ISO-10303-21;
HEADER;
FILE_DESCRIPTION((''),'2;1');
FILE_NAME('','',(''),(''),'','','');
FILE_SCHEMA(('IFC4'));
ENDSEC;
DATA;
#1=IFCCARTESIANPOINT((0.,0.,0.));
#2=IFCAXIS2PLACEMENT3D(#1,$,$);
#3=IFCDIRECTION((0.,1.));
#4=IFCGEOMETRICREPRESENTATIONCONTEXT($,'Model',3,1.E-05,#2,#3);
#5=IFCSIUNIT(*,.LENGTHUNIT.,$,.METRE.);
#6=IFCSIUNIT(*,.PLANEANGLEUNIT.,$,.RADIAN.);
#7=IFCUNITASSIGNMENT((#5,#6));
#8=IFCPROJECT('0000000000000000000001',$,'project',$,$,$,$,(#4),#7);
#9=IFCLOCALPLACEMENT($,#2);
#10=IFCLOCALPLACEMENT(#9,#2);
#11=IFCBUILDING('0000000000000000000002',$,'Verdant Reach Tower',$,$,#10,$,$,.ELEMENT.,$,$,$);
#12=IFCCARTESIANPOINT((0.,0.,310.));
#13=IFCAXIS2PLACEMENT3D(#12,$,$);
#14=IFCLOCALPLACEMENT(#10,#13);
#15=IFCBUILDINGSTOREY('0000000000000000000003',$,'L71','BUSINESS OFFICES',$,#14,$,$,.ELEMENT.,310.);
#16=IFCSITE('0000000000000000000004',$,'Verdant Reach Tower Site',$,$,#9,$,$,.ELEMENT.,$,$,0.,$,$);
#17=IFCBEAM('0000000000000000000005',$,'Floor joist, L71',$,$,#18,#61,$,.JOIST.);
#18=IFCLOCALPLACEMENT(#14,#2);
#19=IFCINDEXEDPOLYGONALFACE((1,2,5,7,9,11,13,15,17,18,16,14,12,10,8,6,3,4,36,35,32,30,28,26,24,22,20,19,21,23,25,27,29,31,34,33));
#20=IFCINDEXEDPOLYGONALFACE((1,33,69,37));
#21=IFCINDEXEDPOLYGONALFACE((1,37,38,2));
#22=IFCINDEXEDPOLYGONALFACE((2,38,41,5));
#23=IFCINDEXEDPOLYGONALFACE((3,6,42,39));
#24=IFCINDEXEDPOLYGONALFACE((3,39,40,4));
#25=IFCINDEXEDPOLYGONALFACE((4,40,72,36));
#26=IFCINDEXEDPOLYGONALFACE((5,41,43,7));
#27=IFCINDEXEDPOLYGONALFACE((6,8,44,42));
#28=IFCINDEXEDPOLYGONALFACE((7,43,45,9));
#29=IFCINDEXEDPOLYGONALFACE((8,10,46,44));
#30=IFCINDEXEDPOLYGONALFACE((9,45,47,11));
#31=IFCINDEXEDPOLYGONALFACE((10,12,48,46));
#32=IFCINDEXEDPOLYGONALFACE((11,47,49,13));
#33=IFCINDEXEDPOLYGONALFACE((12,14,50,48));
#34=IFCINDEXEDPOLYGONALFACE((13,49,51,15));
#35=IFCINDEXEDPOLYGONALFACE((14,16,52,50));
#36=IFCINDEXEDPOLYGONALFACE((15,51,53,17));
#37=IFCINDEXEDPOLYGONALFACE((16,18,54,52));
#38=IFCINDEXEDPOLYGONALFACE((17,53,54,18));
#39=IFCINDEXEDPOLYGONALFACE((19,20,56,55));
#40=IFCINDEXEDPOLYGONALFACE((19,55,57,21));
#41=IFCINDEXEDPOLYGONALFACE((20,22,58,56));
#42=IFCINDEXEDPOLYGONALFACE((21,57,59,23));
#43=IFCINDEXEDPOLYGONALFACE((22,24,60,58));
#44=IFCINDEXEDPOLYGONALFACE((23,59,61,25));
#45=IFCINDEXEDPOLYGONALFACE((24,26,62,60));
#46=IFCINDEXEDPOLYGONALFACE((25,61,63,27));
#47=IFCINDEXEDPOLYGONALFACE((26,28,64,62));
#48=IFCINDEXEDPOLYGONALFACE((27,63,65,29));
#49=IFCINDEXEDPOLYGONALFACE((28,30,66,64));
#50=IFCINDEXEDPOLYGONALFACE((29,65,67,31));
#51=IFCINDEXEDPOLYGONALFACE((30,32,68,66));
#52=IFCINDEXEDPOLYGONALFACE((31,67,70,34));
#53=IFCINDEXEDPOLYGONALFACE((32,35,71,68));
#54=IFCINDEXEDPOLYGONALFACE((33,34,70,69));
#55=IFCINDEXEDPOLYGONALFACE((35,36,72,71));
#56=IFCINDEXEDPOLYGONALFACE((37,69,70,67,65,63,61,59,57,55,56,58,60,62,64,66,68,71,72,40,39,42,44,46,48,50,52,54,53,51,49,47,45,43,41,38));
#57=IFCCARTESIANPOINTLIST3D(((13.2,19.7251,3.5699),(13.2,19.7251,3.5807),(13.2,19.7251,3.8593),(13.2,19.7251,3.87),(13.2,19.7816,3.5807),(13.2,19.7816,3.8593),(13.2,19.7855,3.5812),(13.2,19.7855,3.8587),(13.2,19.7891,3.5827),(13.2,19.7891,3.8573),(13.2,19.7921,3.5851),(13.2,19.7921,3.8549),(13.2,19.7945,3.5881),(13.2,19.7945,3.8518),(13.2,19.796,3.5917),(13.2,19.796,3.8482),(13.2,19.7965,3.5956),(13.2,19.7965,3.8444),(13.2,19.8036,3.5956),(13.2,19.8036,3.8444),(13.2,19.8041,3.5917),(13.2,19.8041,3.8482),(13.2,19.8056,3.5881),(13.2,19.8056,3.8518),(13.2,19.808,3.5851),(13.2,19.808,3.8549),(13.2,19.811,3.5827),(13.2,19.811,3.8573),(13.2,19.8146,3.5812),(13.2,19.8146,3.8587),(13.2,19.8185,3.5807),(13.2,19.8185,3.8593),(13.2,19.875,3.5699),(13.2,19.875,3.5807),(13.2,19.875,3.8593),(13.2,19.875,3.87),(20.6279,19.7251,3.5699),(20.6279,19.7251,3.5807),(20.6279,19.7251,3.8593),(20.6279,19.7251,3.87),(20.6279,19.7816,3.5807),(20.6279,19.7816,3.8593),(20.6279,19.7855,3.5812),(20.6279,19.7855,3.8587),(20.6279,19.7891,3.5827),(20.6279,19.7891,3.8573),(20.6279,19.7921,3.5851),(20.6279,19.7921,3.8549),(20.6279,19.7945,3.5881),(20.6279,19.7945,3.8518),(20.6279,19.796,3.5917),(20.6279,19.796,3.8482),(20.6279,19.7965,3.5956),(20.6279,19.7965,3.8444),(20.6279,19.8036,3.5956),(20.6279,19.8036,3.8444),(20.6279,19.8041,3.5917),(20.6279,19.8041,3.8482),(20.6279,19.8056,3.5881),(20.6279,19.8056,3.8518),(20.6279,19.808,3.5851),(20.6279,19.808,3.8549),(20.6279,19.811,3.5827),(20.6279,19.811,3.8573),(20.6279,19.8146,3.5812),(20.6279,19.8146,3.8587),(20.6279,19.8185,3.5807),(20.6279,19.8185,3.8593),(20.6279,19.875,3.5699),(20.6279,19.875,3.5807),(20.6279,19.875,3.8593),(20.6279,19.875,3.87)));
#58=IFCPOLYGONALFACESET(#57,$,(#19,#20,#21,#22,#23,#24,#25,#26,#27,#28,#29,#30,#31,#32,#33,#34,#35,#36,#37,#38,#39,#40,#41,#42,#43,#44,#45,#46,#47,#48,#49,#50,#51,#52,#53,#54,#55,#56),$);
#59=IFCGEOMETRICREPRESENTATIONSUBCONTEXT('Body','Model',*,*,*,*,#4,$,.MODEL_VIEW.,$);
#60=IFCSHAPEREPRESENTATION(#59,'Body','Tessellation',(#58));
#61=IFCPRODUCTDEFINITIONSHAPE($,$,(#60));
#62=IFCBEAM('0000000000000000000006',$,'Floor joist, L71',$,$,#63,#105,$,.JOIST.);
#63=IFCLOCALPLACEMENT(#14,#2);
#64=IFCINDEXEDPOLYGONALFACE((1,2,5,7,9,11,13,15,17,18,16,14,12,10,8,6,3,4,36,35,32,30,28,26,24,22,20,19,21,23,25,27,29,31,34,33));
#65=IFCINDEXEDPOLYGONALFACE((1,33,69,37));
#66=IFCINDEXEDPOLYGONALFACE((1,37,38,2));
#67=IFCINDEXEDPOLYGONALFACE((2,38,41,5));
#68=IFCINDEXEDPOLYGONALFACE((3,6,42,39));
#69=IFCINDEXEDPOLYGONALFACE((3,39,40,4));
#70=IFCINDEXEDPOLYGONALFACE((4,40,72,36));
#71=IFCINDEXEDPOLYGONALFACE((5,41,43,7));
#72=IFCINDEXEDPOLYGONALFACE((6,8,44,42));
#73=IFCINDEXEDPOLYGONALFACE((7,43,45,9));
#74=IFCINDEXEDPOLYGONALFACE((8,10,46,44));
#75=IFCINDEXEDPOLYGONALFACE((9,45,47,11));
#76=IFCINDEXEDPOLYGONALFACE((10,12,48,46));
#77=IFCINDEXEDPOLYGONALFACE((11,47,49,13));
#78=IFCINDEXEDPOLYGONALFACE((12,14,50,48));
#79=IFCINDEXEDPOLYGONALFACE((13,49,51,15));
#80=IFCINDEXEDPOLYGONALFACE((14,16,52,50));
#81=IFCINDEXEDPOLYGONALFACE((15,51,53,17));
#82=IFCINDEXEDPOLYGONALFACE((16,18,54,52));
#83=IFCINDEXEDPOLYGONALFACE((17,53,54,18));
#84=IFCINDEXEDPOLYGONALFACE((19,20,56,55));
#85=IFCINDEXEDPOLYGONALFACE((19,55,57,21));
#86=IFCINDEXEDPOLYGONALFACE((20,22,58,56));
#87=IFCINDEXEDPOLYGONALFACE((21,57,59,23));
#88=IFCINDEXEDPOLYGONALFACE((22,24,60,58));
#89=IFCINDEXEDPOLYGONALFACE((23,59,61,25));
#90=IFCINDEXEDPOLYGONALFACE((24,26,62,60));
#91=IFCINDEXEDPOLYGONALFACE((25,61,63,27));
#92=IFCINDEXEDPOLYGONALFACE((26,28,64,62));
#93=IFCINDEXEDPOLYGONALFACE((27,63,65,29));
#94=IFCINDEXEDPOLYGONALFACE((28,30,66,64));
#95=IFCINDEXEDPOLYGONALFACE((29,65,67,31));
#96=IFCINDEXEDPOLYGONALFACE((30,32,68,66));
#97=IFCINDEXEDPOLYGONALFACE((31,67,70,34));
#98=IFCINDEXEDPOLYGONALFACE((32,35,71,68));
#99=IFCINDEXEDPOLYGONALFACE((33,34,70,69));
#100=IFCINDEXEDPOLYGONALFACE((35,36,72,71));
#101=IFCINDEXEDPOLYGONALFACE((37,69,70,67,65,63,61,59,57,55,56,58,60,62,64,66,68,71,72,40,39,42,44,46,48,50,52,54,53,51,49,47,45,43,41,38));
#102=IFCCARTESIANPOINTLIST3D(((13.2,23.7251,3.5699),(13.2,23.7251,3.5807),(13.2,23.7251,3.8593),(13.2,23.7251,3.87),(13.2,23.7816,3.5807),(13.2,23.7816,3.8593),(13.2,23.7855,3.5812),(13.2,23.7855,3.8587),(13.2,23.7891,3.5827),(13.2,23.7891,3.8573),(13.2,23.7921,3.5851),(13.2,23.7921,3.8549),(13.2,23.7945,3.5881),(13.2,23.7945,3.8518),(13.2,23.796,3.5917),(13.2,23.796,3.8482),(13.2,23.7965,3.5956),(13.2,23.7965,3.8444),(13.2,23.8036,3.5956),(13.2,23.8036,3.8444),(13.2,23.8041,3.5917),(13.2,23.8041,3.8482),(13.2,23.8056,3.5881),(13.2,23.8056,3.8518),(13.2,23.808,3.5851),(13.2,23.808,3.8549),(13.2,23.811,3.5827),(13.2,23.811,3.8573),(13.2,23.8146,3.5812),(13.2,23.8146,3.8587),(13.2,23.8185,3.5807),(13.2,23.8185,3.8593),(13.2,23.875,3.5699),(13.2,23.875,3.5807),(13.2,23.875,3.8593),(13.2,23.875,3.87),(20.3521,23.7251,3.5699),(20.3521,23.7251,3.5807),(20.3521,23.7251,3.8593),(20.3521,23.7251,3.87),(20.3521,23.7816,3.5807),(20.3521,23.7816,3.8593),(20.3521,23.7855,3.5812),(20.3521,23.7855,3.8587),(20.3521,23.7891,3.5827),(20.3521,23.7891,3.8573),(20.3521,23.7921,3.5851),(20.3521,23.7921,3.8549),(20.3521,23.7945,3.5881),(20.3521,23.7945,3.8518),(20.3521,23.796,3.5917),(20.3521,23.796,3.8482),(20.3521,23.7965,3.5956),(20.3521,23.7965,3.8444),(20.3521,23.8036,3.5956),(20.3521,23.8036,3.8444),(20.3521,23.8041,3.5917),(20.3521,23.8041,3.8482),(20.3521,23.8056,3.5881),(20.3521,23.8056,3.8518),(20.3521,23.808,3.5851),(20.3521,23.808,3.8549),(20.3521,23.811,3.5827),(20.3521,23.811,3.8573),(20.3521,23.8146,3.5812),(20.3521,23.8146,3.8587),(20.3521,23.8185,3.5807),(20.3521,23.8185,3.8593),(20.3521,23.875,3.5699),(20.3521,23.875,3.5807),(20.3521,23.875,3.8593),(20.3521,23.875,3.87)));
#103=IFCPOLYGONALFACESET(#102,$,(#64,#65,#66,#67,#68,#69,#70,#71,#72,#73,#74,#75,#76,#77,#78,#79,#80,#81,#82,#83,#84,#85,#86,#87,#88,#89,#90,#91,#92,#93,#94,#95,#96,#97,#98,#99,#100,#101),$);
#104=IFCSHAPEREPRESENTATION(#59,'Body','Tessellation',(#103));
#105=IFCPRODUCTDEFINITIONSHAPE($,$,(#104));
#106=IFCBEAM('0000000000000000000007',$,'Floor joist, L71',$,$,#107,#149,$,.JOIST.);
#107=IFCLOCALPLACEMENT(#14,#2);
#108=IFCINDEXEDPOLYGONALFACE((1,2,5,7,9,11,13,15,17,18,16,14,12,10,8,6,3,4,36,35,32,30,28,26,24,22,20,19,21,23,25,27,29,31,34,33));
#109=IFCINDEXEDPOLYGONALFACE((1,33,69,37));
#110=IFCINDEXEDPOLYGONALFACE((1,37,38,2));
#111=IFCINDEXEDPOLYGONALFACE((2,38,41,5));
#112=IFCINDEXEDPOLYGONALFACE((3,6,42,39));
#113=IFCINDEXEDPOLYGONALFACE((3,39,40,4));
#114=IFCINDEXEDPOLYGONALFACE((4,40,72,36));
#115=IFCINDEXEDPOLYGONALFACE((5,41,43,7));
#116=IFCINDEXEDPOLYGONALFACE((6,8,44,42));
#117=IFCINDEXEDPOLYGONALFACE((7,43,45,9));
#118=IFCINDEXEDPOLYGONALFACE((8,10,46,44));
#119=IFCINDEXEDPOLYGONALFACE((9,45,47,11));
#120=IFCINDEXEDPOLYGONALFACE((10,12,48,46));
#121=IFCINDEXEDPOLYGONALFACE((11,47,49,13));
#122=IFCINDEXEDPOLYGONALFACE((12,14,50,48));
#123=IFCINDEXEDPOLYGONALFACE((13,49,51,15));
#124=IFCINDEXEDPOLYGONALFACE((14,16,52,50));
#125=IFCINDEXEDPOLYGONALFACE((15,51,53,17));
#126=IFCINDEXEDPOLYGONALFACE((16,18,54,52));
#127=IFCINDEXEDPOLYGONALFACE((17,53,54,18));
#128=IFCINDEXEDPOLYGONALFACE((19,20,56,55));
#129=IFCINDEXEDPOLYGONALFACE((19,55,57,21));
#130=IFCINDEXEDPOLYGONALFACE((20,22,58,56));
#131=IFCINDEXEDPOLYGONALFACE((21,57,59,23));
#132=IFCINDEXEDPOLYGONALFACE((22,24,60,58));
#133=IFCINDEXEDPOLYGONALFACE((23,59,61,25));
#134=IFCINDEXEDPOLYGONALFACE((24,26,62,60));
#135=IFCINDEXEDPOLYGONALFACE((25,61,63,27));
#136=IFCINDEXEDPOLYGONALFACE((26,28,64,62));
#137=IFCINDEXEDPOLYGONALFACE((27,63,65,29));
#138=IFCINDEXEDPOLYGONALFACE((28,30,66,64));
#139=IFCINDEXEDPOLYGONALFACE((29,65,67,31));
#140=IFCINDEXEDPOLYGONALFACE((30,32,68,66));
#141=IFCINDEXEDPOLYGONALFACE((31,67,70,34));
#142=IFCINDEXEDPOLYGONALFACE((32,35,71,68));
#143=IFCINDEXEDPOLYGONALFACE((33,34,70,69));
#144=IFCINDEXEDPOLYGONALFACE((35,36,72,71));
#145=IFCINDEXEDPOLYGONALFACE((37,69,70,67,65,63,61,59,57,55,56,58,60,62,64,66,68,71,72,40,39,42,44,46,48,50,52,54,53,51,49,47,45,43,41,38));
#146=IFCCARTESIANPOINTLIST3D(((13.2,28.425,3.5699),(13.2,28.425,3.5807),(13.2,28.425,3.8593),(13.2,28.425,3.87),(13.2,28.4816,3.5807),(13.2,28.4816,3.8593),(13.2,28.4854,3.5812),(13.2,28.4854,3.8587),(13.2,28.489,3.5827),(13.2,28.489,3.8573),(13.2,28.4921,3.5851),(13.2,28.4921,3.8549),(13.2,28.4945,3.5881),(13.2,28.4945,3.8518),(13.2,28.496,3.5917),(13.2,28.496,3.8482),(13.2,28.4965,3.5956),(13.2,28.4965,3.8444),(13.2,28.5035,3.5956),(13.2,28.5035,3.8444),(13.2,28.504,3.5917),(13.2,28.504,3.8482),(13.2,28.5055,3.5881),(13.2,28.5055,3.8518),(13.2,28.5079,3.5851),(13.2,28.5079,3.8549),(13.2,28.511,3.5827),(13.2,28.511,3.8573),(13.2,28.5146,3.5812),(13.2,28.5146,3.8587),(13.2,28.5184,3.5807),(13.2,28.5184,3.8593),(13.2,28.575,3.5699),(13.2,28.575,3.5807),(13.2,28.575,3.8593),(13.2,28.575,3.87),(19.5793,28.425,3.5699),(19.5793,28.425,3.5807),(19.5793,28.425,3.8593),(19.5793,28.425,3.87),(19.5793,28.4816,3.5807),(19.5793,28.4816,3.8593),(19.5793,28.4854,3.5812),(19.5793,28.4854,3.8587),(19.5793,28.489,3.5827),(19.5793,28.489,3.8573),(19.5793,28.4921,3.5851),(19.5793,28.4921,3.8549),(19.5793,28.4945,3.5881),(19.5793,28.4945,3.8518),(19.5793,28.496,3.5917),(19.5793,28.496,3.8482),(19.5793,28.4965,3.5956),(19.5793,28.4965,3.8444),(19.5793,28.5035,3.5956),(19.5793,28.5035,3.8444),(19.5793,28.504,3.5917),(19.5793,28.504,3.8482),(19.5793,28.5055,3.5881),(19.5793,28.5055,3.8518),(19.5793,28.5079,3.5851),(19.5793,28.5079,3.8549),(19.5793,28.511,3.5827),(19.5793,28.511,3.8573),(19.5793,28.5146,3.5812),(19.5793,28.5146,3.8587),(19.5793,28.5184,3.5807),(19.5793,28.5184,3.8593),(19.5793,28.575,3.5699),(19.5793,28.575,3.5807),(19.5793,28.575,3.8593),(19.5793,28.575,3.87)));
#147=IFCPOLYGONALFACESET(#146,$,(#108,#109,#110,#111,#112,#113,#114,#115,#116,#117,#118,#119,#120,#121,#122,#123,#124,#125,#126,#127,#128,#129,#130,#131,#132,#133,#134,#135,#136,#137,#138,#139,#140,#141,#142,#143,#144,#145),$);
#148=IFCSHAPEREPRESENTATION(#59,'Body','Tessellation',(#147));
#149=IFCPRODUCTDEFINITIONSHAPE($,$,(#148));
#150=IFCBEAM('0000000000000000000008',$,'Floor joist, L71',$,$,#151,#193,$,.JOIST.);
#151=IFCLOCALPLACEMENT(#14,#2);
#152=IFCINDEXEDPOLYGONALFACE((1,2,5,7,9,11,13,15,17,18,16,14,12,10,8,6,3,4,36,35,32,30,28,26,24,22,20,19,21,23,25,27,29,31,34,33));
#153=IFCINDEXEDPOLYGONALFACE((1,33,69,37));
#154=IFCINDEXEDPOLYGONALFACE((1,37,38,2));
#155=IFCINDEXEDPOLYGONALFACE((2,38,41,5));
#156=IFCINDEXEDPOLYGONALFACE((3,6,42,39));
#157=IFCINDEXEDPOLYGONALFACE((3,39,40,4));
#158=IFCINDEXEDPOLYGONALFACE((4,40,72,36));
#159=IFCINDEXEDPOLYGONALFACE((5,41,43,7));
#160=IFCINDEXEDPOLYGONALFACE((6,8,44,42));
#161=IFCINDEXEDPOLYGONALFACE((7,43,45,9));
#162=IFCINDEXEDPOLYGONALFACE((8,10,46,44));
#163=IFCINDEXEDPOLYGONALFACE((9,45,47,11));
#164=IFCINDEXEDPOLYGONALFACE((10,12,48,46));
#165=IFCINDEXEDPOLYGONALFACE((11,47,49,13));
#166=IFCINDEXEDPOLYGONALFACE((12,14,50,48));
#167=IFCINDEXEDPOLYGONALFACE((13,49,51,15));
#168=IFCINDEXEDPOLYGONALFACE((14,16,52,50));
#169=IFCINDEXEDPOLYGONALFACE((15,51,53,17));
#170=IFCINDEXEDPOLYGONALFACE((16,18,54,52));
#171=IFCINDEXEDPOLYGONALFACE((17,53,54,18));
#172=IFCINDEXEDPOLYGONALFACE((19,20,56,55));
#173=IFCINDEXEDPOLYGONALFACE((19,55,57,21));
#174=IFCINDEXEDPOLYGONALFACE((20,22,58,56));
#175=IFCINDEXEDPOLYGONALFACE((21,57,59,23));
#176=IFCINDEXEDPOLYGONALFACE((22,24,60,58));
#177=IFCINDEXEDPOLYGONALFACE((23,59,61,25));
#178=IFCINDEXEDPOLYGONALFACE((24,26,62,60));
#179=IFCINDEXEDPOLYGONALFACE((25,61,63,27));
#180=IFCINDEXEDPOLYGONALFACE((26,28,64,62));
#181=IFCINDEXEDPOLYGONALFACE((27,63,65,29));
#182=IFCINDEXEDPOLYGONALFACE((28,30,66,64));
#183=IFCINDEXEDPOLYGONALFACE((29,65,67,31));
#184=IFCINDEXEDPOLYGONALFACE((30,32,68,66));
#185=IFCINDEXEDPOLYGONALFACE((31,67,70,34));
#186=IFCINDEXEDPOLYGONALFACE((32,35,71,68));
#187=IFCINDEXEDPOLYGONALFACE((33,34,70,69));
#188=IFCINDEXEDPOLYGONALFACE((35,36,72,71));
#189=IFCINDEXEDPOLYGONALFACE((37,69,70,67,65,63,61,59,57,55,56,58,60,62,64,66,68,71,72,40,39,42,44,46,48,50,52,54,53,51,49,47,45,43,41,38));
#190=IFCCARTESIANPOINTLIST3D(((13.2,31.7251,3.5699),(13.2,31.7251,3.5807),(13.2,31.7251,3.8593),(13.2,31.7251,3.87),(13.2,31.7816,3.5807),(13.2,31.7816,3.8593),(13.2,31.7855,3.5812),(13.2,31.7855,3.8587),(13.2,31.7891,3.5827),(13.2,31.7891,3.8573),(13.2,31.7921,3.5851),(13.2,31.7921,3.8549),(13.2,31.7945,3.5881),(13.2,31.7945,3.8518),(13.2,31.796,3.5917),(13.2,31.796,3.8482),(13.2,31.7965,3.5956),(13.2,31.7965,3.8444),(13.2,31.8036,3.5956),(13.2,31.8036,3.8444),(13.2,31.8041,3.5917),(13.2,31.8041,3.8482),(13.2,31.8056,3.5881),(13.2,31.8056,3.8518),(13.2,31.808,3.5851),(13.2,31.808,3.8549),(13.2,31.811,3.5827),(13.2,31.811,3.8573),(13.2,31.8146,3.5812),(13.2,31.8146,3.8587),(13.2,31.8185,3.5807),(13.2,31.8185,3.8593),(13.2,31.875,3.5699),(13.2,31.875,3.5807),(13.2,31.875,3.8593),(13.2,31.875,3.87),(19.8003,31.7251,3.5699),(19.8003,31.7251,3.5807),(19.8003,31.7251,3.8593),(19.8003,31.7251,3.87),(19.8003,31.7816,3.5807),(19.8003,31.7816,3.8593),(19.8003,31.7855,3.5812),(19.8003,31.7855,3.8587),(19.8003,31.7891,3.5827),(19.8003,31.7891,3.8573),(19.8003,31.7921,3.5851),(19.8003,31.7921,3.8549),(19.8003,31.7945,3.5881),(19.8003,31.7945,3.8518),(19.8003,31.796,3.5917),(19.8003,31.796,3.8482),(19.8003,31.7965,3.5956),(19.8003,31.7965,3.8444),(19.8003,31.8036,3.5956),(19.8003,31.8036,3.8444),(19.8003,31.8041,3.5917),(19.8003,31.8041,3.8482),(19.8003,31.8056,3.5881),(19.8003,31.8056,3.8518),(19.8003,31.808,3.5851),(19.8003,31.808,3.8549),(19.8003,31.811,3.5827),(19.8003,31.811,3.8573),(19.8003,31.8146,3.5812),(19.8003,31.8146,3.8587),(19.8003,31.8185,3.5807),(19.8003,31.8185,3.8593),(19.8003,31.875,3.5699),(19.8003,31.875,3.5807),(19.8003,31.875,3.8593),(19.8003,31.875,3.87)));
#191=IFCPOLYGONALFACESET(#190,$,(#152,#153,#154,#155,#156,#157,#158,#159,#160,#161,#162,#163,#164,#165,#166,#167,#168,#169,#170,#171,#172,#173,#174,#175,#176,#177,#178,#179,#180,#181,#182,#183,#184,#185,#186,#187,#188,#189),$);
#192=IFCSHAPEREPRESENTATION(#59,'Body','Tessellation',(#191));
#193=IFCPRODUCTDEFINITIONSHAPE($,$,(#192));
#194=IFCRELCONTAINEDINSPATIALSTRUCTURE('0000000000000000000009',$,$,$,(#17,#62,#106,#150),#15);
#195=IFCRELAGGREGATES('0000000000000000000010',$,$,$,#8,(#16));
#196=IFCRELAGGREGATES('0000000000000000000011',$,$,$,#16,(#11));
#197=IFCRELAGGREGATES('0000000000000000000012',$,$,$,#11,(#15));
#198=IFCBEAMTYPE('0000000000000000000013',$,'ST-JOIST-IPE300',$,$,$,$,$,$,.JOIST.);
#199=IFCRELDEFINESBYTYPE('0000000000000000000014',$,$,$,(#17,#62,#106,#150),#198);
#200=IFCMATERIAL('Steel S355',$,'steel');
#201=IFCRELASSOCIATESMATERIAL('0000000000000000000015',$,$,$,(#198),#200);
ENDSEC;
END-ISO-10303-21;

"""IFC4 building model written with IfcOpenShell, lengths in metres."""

from ifc_helpers import new_model, si_unit, direction, frame, origin, origin_2d, place, context, subcontext, project, spatial, i_section, extrude, material, material_profile, profile_set, type_object, element, save


model = new_model("IFC4")

# Units and contexts
model_context = context("Model", 3, precision=1e-05, world=origin(), true_north=direction((0.0, 1.0)))
body_context = subcontext(model_context, "Body", "Model", "MODEL_VIEW")
ifc_project = project(units=[si_unit("LENGTHUNIT", "METRE"), si_unit("PLANEANGLEUNIT", "RADIAN")], contexts=[model_context])

# Site, building, storey
site_placement = place(None, origin())
site = spatial("IfcSite", under=ifc_project, at=site_placement, Name="Verdant Reach Tower Site", CompositionType="ELEMENT", RefElevation=0.0)
building_placement = place(site_placement, origin())
building = spatial("IfcBuilding", under=site, at=building_placement, Name="Verdant Reach Tower", CompositionType="ELEMENT")
storey_placement = place(building_placement, frame((0.0, 0.0, 310.0)))
storey = spatial("IfcBuildingStorey", under=building, at=storey_placement, Name="L71", Description="BUSINESS OFFICES", CompositionType="ELEMENT", Elevation=310.0)

# Beams
ifc_material_1 = material(Name="Steel S355", Category="steel")
ifc_material_profile = material_profile(ifc_material_1, i_section(OverallWidth=0.1499, OverallDepth=0.3, WebThickness=0.0071, FlangeThickness=0.0107, FilletRadius=0.0149, at=origin_2d()), Name="IPE 300")
ifc_profile_set = profile_set([ifc_material_profile], Name="Steel S355")
beam_type = type_object("IfcBeamType", Name="ST-JOIST-IPE300", PredefinedType="JOIST", material=ifc_profile_set)
beam_1_placement = place(storey_placement, frame((13.2, 19.8, 3.72), z_axis=(1.0, 0.0, 0.0), x_axis=(0.0, 1.0, 0.0)))
element("IfcBeam", 1, at=beam_1_placement, inside=storey, type_object=beam_type, Name="Floor joist, L71", PredefinedType="JOIST", context=body_context, shape_type="SweptSolid", body=[
    extrude(i_section(OverallWidth=0.1499, OverallDepth=0.3, WebThickness=0.0071, FlangeThickness=0.0107, FilletRadius=0.0149, at=origin_2d()), origin(), (0.0, 0.0, 1.0), 7.428),
])
beam_2_placement = place(storey_placement, frame((13.2, 23.8, 3.72), z_axis=(1.0, 0.0, 0.0), x_axis=(0.0, 1.0, 0.0)))
element("IfcBeam", 2, at=beam_2_placement, inside=storey, type_object=beam_type, Name="Floor joist, L71", PredefinedType="JOIST", context=body_context, shape_type="SweptSolid", body=[
    extrude(i_section(OverallWidth=0.1499, OverallDepth=0.3, WebThickness=0.0071, FlangeThickness=0.0107, FilletRadius=0.0149, at=origin_2d()), origin(), (0.0, 0.0, 1.0), 7.1521),
])
beam_3_placement = place(storey_placement, frame((13.2, 28.5, 3.72), z_axis=(1.0, 0.0, 0.0), x_axis=(0.0, 1.0, 0.0)))
element("IfcBeam", 3, at=beam_3_placement, inside=storey, type_object=beam_type, Name="Floor joist, L71", PredefinedType="JOIST", context=body_context, shape_type="SweptSolid", body=[
    extrude(i_section(OverallWidth=0.1499, OverallDepth=0.3, WebThickness=0.0071, FlangeThickness=0.0107, FilletRadius=0.0149, at=origin_2d()), origin(), (0.0, 0.0, 1.0), 6.3794),
])
beam_4_placement = place(storey_placement, frame((13.2, 31.8, 3.72), z_axis=(1.0, 0.0, 0.0), x_axis=(0.0, 1.0, 0.0)))
element("IfcBeam", 4, at=beam_4_placement, inside=storey, type_object=beam_type, Name="Floor joist, L71", PredefinedType="JOIST", context=body_context, shape_type="SweptSolid", body=[
    extrude(i_section(OverallWidth=0.1499, OverallDepth=0.3, WebThickness=0.0071, FlangeThickness=0.0107, FilletRadius=0.0149, at=origin_2d()), origin(), (0.0, 0.0, 1.0), 6.6003),
])

save(model, "model.ifc")
